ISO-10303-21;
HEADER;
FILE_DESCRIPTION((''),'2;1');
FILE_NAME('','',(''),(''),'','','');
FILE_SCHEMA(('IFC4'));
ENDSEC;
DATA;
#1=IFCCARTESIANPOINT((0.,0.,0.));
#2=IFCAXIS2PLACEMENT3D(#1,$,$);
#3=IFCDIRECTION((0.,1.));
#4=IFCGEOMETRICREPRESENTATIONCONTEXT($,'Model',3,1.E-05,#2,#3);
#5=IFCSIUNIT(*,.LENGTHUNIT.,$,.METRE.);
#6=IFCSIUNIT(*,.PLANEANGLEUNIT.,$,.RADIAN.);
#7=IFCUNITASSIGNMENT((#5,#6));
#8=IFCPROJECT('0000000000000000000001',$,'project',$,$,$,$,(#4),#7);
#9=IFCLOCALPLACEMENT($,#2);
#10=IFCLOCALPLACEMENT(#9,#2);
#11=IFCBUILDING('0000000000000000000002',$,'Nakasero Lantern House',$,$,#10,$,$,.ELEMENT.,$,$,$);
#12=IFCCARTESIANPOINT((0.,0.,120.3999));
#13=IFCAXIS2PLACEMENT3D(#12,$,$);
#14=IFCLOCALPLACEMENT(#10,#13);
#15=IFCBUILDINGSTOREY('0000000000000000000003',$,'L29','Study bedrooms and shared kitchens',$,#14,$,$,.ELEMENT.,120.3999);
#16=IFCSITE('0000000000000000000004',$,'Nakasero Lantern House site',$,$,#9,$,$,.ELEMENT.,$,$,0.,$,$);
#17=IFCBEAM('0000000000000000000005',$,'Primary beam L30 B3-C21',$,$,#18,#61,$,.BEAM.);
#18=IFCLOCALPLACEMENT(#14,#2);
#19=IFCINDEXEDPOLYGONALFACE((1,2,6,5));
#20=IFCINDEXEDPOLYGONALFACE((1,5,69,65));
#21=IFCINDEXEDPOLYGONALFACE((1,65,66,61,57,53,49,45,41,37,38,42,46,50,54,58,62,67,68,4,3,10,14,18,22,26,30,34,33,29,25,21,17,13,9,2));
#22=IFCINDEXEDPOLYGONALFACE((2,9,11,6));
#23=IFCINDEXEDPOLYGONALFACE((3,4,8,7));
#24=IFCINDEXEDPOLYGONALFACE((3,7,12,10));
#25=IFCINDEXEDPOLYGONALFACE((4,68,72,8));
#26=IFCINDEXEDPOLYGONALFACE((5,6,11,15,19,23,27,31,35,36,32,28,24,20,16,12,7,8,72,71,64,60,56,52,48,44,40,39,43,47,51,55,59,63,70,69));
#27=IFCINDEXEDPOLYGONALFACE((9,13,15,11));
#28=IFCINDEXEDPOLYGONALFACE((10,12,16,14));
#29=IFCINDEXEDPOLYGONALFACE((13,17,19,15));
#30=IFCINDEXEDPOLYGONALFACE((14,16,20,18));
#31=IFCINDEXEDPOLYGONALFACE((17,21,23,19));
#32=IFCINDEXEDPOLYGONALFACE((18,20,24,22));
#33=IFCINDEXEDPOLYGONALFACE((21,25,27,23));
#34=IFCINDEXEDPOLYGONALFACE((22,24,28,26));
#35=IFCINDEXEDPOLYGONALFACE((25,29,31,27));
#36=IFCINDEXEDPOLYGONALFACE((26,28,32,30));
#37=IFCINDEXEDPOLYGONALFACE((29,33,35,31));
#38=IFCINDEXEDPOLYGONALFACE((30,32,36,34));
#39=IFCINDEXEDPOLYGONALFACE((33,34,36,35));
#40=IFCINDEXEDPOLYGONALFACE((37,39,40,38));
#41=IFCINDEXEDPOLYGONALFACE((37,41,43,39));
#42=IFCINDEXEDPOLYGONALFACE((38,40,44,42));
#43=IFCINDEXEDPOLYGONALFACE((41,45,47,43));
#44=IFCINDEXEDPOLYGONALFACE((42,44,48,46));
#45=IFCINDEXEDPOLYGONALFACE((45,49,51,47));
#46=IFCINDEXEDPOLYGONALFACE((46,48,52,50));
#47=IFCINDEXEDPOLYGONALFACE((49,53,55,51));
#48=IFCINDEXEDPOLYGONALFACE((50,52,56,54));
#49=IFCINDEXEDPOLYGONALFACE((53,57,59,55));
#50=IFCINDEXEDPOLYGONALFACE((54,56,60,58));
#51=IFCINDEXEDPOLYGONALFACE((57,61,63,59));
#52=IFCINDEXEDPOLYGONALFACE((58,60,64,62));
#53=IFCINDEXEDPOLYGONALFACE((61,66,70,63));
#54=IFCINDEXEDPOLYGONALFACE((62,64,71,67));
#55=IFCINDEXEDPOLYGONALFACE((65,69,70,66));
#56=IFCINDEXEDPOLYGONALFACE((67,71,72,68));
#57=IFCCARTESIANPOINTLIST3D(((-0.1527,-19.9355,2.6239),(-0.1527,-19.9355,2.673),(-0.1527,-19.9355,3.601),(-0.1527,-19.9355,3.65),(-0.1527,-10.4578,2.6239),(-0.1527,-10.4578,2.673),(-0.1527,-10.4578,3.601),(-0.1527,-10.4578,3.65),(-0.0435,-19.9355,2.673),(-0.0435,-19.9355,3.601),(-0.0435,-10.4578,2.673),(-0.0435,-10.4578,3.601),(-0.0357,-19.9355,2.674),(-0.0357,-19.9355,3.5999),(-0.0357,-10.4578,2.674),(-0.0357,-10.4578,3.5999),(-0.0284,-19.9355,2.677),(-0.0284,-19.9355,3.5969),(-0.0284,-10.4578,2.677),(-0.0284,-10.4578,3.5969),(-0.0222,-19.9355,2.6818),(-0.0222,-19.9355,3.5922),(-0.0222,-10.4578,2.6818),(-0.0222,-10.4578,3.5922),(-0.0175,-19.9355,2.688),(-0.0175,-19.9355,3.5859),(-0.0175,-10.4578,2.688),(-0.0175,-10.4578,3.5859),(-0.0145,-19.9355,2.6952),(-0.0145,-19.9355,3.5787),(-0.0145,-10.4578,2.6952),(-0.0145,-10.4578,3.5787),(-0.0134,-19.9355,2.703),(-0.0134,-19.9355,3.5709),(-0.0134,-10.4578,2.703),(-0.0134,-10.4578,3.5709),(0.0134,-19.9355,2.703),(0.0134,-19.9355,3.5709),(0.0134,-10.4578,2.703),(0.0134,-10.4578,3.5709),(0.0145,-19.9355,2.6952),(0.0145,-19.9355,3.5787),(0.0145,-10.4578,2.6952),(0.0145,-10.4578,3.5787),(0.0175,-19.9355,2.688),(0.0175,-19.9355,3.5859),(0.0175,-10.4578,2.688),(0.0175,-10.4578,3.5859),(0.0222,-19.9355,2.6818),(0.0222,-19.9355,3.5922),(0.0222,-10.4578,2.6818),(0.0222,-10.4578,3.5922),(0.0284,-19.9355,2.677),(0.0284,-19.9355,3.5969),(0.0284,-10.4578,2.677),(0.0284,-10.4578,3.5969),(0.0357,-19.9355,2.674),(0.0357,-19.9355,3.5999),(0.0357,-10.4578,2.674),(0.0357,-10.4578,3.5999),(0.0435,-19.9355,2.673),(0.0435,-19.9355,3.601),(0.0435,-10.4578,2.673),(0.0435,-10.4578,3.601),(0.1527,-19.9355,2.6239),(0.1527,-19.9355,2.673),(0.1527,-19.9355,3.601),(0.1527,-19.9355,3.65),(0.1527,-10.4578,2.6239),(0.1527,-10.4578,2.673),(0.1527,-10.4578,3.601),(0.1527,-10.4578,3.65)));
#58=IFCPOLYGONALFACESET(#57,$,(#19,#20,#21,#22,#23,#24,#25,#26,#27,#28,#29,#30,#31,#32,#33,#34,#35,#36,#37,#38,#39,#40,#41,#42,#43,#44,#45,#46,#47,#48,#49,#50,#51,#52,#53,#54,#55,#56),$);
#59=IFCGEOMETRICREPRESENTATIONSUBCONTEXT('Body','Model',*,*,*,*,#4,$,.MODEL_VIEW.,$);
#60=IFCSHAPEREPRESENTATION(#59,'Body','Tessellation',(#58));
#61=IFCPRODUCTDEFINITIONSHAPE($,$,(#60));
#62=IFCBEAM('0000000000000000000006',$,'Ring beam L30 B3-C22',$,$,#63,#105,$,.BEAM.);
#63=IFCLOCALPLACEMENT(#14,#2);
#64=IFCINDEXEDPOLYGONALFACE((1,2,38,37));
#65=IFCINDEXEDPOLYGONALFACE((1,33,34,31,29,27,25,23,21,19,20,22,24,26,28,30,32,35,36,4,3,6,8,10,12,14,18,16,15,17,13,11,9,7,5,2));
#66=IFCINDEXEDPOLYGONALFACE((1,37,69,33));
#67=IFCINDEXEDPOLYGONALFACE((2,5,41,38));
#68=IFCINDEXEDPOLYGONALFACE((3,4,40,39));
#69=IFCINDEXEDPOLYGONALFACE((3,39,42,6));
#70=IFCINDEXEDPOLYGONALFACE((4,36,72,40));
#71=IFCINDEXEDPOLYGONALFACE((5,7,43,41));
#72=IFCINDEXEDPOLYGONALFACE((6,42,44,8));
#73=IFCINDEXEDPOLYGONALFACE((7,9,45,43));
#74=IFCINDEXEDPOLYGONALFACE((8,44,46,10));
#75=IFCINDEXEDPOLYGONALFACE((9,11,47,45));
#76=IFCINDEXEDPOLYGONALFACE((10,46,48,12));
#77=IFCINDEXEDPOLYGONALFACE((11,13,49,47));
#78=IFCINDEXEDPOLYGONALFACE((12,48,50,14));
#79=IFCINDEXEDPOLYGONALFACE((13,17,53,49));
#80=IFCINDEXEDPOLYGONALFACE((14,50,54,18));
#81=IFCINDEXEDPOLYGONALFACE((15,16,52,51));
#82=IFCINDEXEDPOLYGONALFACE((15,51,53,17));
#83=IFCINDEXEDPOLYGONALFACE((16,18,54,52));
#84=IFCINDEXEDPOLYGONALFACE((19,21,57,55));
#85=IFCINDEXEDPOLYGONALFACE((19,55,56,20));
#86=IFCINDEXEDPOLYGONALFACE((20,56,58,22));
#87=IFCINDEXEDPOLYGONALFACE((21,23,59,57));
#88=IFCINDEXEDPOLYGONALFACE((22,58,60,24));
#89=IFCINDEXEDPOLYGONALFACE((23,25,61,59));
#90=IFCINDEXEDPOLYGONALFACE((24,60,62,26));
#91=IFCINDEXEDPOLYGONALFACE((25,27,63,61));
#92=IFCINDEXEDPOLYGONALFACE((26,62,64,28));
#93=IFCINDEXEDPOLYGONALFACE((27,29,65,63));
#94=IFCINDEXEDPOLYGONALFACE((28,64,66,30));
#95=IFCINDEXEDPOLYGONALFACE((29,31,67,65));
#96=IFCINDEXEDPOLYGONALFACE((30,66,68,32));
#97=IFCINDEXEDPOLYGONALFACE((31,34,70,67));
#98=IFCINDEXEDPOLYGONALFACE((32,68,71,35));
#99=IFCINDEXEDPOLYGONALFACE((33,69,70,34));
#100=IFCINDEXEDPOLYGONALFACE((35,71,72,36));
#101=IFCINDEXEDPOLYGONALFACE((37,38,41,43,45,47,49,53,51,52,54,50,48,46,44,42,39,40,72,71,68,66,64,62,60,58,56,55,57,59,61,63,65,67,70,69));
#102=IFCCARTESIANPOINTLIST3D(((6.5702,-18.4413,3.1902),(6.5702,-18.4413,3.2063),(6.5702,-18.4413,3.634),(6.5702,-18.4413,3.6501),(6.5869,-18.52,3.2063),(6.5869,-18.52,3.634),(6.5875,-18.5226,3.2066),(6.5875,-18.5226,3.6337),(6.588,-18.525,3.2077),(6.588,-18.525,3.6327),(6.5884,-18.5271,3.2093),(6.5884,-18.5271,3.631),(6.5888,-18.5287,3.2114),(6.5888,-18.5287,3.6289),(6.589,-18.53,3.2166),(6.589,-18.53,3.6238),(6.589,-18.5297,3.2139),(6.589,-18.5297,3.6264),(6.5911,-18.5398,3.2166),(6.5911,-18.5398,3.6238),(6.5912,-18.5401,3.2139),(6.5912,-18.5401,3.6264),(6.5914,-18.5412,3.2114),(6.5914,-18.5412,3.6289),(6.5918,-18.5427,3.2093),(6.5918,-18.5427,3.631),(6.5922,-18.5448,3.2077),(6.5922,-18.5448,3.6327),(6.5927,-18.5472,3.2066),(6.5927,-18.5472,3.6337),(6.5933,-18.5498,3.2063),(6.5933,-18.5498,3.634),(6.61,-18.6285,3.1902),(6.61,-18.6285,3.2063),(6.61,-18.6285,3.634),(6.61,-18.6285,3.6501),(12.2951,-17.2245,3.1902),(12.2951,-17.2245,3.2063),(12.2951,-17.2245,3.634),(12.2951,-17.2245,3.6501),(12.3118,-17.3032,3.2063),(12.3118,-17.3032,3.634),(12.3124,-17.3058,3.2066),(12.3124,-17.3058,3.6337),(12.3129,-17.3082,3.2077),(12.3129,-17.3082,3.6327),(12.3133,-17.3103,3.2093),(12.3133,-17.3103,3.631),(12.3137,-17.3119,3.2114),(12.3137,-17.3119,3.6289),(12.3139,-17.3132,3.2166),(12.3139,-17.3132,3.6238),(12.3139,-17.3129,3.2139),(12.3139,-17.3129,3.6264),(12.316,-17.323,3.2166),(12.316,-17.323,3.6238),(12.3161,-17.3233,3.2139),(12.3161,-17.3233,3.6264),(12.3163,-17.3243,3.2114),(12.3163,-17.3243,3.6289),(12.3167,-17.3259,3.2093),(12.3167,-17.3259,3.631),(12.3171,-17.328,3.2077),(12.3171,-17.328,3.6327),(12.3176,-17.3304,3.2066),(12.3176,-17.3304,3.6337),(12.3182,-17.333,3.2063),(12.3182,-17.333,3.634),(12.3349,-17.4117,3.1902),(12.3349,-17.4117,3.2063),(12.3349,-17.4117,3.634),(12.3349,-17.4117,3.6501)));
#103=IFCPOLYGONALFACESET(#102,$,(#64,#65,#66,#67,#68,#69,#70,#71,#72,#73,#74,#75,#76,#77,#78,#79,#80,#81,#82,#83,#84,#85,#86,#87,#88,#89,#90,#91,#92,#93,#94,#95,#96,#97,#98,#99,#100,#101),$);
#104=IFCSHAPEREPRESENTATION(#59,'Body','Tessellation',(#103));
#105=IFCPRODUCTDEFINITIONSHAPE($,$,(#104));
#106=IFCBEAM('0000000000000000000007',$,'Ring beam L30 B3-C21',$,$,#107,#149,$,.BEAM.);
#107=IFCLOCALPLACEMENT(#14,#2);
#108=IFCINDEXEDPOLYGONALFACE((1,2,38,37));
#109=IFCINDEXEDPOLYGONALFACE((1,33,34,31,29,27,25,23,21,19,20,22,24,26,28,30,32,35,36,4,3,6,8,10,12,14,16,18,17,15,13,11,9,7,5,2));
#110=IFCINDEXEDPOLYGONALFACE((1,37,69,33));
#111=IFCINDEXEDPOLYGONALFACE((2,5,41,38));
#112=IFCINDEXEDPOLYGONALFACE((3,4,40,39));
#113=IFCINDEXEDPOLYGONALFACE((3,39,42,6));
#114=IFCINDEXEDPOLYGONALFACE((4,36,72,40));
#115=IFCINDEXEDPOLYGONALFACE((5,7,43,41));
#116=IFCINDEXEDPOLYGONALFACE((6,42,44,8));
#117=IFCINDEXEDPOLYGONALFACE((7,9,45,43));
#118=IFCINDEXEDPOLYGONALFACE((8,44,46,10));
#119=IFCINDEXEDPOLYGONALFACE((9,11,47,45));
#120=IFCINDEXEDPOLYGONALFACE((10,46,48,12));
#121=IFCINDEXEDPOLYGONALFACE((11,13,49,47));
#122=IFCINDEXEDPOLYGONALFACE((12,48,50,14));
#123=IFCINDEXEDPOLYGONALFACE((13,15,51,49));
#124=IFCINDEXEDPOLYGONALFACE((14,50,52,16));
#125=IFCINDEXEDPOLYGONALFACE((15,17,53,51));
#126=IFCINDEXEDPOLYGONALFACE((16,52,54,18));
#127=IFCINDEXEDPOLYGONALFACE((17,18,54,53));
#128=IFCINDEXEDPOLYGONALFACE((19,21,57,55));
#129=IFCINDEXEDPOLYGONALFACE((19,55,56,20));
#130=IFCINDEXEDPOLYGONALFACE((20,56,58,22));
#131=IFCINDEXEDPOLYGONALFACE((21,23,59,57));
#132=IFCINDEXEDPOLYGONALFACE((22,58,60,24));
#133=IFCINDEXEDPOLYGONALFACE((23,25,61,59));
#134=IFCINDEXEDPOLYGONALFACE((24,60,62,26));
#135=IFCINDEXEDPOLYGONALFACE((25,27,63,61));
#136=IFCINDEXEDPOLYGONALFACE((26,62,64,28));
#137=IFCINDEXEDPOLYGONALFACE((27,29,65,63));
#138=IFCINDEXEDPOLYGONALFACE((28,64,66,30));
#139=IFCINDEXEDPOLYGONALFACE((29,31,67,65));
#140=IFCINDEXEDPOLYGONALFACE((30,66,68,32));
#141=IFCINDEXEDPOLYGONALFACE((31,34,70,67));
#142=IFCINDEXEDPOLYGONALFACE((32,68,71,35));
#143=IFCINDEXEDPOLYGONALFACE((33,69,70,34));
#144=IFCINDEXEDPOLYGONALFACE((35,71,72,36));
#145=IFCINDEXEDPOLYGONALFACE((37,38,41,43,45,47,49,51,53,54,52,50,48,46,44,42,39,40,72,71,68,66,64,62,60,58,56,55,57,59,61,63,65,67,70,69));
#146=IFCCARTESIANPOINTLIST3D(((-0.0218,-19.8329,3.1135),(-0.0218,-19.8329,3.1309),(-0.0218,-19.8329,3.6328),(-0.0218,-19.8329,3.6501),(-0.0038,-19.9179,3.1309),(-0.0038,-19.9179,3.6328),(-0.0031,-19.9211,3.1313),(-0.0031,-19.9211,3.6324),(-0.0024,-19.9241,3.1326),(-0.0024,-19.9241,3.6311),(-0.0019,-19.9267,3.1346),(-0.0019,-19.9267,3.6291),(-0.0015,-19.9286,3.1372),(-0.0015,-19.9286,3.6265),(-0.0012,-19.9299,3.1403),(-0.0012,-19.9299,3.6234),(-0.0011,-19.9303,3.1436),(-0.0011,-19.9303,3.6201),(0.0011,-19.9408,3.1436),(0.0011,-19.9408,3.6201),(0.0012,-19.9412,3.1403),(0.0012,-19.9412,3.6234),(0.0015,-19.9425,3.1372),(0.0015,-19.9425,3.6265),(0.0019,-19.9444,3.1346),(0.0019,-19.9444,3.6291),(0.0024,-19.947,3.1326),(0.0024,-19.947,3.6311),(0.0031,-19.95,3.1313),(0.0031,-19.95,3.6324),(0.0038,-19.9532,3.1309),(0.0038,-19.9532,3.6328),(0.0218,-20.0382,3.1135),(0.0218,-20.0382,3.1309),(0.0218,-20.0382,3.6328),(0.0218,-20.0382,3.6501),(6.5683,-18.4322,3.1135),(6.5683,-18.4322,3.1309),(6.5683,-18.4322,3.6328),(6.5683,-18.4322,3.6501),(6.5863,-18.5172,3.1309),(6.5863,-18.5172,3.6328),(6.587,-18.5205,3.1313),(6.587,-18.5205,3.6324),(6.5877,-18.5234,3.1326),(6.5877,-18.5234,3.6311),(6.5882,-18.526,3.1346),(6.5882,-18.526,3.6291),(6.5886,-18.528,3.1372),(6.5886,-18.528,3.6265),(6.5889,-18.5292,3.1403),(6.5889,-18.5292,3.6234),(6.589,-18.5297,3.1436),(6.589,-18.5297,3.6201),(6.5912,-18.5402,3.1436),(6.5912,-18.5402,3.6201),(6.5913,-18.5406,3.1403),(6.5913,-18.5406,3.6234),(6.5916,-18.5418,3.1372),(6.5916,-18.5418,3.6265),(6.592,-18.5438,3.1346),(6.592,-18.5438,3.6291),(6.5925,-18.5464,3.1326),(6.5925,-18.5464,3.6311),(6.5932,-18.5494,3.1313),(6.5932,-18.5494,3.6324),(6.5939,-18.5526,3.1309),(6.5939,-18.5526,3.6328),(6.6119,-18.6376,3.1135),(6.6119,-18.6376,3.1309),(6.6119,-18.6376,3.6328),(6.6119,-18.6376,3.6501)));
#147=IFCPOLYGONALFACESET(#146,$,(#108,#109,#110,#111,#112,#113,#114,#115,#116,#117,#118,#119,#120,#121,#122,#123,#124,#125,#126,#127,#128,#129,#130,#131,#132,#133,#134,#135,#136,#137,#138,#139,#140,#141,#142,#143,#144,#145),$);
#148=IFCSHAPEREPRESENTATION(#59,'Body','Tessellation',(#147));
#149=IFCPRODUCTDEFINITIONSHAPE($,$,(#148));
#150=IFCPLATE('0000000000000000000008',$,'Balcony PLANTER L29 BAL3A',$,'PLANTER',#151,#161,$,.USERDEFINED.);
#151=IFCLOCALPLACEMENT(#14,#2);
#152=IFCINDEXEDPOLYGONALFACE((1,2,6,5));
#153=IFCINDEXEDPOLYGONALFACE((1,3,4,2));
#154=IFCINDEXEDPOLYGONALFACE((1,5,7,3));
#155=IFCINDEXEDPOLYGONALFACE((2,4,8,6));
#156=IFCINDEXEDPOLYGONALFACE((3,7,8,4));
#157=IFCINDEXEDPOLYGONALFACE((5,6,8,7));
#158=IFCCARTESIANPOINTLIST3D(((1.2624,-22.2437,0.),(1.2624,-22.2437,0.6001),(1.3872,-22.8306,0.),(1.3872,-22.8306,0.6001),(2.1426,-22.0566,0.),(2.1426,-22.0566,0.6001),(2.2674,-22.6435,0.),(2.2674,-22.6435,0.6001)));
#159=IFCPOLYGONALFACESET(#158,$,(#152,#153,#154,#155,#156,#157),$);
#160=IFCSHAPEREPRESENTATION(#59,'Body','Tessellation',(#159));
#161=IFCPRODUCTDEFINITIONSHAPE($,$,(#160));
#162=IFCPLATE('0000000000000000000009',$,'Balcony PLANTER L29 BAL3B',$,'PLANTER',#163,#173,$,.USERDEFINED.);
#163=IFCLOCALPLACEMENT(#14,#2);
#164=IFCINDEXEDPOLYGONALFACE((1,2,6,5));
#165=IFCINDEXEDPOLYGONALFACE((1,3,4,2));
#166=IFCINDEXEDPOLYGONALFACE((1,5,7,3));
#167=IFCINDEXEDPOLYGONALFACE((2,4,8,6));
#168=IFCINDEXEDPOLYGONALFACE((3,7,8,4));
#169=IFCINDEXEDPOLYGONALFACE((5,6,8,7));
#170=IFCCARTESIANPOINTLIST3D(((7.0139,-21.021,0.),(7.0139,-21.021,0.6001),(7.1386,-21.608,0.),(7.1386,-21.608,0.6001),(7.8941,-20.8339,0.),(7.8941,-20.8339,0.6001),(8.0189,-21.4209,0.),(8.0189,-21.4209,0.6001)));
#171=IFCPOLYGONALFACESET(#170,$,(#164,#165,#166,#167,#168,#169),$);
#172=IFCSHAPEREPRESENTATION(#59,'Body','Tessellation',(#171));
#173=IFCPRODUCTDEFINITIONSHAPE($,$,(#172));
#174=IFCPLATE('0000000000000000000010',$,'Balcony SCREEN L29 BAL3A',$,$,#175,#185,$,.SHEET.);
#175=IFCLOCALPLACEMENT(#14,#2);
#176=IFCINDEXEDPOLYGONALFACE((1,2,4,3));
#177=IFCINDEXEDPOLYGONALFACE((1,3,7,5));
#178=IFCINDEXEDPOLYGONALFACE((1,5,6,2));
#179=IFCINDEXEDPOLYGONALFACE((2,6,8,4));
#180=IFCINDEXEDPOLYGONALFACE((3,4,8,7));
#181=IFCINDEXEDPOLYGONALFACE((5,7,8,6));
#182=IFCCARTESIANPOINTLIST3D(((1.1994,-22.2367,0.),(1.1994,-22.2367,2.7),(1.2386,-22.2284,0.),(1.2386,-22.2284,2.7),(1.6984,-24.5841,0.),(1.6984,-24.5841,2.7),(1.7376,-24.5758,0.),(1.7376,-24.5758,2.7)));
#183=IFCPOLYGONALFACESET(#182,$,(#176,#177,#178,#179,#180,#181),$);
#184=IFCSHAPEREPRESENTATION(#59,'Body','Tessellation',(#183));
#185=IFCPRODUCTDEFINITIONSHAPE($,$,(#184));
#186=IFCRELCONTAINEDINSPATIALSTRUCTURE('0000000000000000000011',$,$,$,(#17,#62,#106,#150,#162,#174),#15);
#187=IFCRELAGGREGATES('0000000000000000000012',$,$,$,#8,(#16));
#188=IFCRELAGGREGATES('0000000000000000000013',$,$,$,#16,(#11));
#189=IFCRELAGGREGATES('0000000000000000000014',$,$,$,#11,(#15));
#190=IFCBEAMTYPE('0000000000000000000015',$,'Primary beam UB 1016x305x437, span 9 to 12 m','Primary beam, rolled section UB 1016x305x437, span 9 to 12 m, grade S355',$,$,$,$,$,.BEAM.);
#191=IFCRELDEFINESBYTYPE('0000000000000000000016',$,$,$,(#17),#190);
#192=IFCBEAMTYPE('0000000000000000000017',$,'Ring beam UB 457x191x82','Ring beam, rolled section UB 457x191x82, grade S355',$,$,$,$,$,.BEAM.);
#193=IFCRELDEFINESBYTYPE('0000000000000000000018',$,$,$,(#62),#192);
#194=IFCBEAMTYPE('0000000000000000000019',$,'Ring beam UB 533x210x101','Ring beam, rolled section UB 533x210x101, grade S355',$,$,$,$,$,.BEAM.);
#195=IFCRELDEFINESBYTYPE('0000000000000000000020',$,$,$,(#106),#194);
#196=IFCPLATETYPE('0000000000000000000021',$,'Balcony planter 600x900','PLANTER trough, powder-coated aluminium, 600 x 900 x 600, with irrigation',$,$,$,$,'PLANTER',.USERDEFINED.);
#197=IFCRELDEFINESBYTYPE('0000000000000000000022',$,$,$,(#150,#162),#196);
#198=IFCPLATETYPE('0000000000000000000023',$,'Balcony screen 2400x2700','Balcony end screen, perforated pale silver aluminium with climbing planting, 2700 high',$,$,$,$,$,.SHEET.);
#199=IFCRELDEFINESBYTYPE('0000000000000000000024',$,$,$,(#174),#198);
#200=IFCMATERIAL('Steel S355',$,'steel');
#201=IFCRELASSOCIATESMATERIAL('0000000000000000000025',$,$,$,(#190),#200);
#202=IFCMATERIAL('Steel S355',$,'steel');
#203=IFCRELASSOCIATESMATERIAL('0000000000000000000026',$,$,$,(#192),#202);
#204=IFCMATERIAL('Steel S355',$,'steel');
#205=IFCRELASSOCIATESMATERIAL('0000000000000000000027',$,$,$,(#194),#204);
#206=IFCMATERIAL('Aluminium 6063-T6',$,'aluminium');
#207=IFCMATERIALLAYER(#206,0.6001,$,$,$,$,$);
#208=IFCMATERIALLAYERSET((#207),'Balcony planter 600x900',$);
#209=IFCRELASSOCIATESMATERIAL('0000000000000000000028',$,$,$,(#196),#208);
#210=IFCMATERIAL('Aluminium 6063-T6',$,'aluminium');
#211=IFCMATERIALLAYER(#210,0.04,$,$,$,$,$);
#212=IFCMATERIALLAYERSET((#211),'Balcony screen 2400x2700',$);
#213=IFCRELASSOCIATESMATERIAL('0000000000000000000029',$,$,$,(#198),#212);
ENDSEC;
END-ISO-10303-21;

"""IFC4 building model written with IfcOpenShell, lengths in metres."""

from ifc_helpers import new_model, si_unit, direction, frame, origin, origin_2d, place, context, subcontext, project, spatial, rectangle, i_section, extrude, material, layer, layer_set, material_profile, profile_set, type_object, element, save


model = new_model("IFC4")

# Units and contexts
model_context = context("Model", 3, precision=1e-05, world=origin(), true_north=direction((0.0, 1.0)))
body_context = subcontext(model_context, "Body", "Model", "MODEL_VIEW")
ifc_project = project(units=[si_unit("LENGTHUNIT", "METRE"), si_unit("PLANEANGLEUNIT", "RADIAN")], contexts=[model_context])

# Site, building, storey
site_placement = place(None, origin())
site = spatial("IfcSite", under=ifc_project, at=site_placement, Name="Nakasero Lantern House site", CompositionType="ELEMENT", RefElevation=0.0)
building_placement = place(site_placement, origin())
building = spatial("IfcBuilding", under=site, at=building_placement, Name="Nakasero Lantern House", CompositionType="ELEMENT")
storey_placement = place(building_placement, frame((0.0, 0.0, 120.3999)))
storey = spatial("IfcBuildingStorey", under=building, at=storey_placement, Name="L29", Description="Study bedrooms and shared kitchens", CompositionType="ELEMENT", Elevation=120.3999)

# Beams
ifc_material_1 = material(Name="Steel S355", Category="steel")
ifc_material_profile_1 = material_profile(ifc_material_1, i_section(OverallWidth=0.3054, OverallDepth=1.0261, WebThickness=0.0269, FlangeThickness=0.0491, FilletRadius=0.03, at=origin_2d()), Name="UB 1016x305x437")
ifc_profile_set_1 = profile_set([ifc_material_profile_1], Name="Steel S355")
beam_type_1 = type_object("IfcBeamType", Name="Primary beam UB 1016x305x437, span 9 to 12 m", Description="Primary beam, rolled section UB 1016x305x437, span 9 to 12 m, grade S355", PredefinedType="BEAM", material=ifc_profile_set_1)
beam_1_placement = place(storey_placement, frame((0.0, -19.9355, 3.137), z_axis=(0.0, 1.0, 0.0), x_axis=(-1.0, 0.0, 0.0)))
element("IfcBeam", 1, at=beam_1_placement, inside=storey, type_object=beam_type_1, Name="Primary beam L30 B3-C21", PredefinedType="BEAM", context=body_context, shape_type="SweptSolid", body=[
    extrude(i_section(OverallWidth=0.3054, OverallDepth=1.0261, WebThickness=0.0269, FlangeThickness=0.0491, FilletRadius=0.03, at=origin_2d()), origin(), (0.0, 0.0, 1.0), 9.4778),
])
ifc_material_2 = material(Name="Steel S355", Category="steel")
ifc_material_profile_2 = material_profile(ifc_material_2, i_section(OverallWidth=0.1914, OverallDepth=0.46, WebThickness=0.01, FlangeThickness=0.0161, FilletRadius=0.0103, at=origin_2d()), Name="UB 457x191x82")
ifc_profile_set_2 = profile_set([ifc_material_profile_2], Name="Steel S355")
beam_type_2 = type_object("IfcBeamType", Name="Ring beam UB 457x191x82", Description="Ring beam, rolled section UB 457x191x82, grade S355", PredefinedType="BEAM", material=ifc_profile_set_2)
beam_2_placement = place(storey_placement, frame((6.5901, -18.5349, 3.4202), z_axis=(0.97815, 0.207902, 0.0), x_axis=(-0.207902, 0.97815, 0.0)))
element("IfcBeam", 2, at=beam_2_placement, inside=storey, type_object=beam_type_2, Name="Ring beam L30 B3-C22", PredefinedType="BEAM", context=body_context, shape_type="SweptSolid", body=[
    extrude(i_section(OverallWidth=0.1914, OverallDepth=0.46, WebThickness=0.01, FlangeThickness=0.0161, FilletRadius=0.0103, at=origin_2d()), origin(), (0.0, 0.0, 1.0), 5.8528),
])
ifc_material_3 = material(Name="Steel S355", Category="steel")
ifc_material_profile_3 = material_profile(ifc_material_3, i_section(OverallWidth=0.21, OverallDepth=0.5366, WebThickness=0.0107, FlangeThickness=0.0173, FilletRadius=0.0127, at=origin_2d()), Name="UB 533x210x101")
ifc_profile_set_3 = profile_set([ifc_material_profile_3], Name="Steel S355")
beam_type_3 = type_object("IfcBeamType", Name="Ring beam UB 533x210x101", Description="Ring beam, rolled section UB 533x210x101, grade S355", PredefinedType="BEAM", material=ifc_profile_set_3)
beam_3_placement = place(storey_placement, frame((0.0, -19.9355, 3.3818), z_axis=(0.978152, 0.207893, 0.0), x_axis=(-0.207893, 0.978152, 0.0)))
element("IfcBeam", 3, at=beam_3_placement, inside=storey, type_object=beam_type_3, Name="Ring beam L30 B3-C21", PredefinedType="BEAM", context=body_context, shape_type="SweptSolid", body=[
    extrude(i_section(OverallWidth=0.21, OverallDepth=0.5366, WebThickness=0.0107, FlangeThickness=0.0173, FilletRadius=0.0127, at=origin_2d()), origin(), (0.0, 0.0, 1.0), 6.7373),
])

# Plates
ifc_material_4 = material(Name="Aluminium 6063-T6", Category="aluminium")
ifc_layer_1 = layer(ifc_material_4, 0.6001)
ifc_layer_set_1 = layer_set([ifc_layer_1], Name="Balcony planter 600x900")
plate_type_1 = type_object("IfcPlateType", Name="Balcony planter 600x900", Description="PLANTER trough, powder-coated aluminium, 600 x 900 x 600, with irrigation", ElementType="PLANTER", PredefinedType="USERDEFINED", material=ifc_layer_set_1)
for number, where, z_axis, x_axis, name in (
    (4, (1.7649, -22.4436, 0.0), (0.0, 0.0, 1.0), (0.207912, -0.978148, 0.0), "Balcony PLANTER L29 BAL3A"),
    (5, (7.5164, -21.2209, 0.0), (0.0, 0.0, 1.0), (0.207912, -0.978148, 0.0), "Balcony PLANTER L29 BAL3B"),
):
    element("IfcPlate", number, at=place(storey_placement, frame(where, z_axis=z_axis, x_axis=x_axis)), inside=storey, type_object=plate_type_1, Name=name, ObjectType="PLANTER", PredefinedType="USERDEFINED", context=body_context, shape_type="SweptSolid", body=[
        extrude(rectangle(XDim=0.6001, YDim=0.8999, at=origin_2d()), origin(), (0.0, 0.0, 1.0), 0.6001),
    ])
ifc_material_5 = material(Name="Aluminium 6063-T6", Category="aluminium")
ifc_layer_2 = layer(ifc_material_5, 0.04)
ifc_layer_set_2 = layer_set([ifc_layer_2], Name="Balcony screen 2400x2700")
plate_type_2 = type_object("IfcPlateType", Name="Balcony screen 2400x2700", Description="Balcony end screen, perforated pale silver aluminium with climbing planting, 2700 high", PredefinedType="SHEET", material=ifc_layer_set_2)
for number, where, z_axis, x_axis, name in (
    (6, (1.4685, -23.4062, 0.0), (0.0, 0.0, 1.0), (0.207912, -0.978148, 0.0), "Balcony SCREEN L29 BAL3A"),
):
    element("IfcPlate", number, at=place(storey_placement, frame(where, z_axis=z_axis, x_axis=x_axis)), inside=storey, type_object=plate_type_2, Name=name, PredefinedType="SHEET", context=body_context, shape_type="SweptSolid", body=[
        extrude(rectangle(XDim=2.3999, YDim=0.04, at=origin_2d()), origin(), (0.0, 0.0, 1.0), 2.7),
    ])

save(model, "model.ifc")
